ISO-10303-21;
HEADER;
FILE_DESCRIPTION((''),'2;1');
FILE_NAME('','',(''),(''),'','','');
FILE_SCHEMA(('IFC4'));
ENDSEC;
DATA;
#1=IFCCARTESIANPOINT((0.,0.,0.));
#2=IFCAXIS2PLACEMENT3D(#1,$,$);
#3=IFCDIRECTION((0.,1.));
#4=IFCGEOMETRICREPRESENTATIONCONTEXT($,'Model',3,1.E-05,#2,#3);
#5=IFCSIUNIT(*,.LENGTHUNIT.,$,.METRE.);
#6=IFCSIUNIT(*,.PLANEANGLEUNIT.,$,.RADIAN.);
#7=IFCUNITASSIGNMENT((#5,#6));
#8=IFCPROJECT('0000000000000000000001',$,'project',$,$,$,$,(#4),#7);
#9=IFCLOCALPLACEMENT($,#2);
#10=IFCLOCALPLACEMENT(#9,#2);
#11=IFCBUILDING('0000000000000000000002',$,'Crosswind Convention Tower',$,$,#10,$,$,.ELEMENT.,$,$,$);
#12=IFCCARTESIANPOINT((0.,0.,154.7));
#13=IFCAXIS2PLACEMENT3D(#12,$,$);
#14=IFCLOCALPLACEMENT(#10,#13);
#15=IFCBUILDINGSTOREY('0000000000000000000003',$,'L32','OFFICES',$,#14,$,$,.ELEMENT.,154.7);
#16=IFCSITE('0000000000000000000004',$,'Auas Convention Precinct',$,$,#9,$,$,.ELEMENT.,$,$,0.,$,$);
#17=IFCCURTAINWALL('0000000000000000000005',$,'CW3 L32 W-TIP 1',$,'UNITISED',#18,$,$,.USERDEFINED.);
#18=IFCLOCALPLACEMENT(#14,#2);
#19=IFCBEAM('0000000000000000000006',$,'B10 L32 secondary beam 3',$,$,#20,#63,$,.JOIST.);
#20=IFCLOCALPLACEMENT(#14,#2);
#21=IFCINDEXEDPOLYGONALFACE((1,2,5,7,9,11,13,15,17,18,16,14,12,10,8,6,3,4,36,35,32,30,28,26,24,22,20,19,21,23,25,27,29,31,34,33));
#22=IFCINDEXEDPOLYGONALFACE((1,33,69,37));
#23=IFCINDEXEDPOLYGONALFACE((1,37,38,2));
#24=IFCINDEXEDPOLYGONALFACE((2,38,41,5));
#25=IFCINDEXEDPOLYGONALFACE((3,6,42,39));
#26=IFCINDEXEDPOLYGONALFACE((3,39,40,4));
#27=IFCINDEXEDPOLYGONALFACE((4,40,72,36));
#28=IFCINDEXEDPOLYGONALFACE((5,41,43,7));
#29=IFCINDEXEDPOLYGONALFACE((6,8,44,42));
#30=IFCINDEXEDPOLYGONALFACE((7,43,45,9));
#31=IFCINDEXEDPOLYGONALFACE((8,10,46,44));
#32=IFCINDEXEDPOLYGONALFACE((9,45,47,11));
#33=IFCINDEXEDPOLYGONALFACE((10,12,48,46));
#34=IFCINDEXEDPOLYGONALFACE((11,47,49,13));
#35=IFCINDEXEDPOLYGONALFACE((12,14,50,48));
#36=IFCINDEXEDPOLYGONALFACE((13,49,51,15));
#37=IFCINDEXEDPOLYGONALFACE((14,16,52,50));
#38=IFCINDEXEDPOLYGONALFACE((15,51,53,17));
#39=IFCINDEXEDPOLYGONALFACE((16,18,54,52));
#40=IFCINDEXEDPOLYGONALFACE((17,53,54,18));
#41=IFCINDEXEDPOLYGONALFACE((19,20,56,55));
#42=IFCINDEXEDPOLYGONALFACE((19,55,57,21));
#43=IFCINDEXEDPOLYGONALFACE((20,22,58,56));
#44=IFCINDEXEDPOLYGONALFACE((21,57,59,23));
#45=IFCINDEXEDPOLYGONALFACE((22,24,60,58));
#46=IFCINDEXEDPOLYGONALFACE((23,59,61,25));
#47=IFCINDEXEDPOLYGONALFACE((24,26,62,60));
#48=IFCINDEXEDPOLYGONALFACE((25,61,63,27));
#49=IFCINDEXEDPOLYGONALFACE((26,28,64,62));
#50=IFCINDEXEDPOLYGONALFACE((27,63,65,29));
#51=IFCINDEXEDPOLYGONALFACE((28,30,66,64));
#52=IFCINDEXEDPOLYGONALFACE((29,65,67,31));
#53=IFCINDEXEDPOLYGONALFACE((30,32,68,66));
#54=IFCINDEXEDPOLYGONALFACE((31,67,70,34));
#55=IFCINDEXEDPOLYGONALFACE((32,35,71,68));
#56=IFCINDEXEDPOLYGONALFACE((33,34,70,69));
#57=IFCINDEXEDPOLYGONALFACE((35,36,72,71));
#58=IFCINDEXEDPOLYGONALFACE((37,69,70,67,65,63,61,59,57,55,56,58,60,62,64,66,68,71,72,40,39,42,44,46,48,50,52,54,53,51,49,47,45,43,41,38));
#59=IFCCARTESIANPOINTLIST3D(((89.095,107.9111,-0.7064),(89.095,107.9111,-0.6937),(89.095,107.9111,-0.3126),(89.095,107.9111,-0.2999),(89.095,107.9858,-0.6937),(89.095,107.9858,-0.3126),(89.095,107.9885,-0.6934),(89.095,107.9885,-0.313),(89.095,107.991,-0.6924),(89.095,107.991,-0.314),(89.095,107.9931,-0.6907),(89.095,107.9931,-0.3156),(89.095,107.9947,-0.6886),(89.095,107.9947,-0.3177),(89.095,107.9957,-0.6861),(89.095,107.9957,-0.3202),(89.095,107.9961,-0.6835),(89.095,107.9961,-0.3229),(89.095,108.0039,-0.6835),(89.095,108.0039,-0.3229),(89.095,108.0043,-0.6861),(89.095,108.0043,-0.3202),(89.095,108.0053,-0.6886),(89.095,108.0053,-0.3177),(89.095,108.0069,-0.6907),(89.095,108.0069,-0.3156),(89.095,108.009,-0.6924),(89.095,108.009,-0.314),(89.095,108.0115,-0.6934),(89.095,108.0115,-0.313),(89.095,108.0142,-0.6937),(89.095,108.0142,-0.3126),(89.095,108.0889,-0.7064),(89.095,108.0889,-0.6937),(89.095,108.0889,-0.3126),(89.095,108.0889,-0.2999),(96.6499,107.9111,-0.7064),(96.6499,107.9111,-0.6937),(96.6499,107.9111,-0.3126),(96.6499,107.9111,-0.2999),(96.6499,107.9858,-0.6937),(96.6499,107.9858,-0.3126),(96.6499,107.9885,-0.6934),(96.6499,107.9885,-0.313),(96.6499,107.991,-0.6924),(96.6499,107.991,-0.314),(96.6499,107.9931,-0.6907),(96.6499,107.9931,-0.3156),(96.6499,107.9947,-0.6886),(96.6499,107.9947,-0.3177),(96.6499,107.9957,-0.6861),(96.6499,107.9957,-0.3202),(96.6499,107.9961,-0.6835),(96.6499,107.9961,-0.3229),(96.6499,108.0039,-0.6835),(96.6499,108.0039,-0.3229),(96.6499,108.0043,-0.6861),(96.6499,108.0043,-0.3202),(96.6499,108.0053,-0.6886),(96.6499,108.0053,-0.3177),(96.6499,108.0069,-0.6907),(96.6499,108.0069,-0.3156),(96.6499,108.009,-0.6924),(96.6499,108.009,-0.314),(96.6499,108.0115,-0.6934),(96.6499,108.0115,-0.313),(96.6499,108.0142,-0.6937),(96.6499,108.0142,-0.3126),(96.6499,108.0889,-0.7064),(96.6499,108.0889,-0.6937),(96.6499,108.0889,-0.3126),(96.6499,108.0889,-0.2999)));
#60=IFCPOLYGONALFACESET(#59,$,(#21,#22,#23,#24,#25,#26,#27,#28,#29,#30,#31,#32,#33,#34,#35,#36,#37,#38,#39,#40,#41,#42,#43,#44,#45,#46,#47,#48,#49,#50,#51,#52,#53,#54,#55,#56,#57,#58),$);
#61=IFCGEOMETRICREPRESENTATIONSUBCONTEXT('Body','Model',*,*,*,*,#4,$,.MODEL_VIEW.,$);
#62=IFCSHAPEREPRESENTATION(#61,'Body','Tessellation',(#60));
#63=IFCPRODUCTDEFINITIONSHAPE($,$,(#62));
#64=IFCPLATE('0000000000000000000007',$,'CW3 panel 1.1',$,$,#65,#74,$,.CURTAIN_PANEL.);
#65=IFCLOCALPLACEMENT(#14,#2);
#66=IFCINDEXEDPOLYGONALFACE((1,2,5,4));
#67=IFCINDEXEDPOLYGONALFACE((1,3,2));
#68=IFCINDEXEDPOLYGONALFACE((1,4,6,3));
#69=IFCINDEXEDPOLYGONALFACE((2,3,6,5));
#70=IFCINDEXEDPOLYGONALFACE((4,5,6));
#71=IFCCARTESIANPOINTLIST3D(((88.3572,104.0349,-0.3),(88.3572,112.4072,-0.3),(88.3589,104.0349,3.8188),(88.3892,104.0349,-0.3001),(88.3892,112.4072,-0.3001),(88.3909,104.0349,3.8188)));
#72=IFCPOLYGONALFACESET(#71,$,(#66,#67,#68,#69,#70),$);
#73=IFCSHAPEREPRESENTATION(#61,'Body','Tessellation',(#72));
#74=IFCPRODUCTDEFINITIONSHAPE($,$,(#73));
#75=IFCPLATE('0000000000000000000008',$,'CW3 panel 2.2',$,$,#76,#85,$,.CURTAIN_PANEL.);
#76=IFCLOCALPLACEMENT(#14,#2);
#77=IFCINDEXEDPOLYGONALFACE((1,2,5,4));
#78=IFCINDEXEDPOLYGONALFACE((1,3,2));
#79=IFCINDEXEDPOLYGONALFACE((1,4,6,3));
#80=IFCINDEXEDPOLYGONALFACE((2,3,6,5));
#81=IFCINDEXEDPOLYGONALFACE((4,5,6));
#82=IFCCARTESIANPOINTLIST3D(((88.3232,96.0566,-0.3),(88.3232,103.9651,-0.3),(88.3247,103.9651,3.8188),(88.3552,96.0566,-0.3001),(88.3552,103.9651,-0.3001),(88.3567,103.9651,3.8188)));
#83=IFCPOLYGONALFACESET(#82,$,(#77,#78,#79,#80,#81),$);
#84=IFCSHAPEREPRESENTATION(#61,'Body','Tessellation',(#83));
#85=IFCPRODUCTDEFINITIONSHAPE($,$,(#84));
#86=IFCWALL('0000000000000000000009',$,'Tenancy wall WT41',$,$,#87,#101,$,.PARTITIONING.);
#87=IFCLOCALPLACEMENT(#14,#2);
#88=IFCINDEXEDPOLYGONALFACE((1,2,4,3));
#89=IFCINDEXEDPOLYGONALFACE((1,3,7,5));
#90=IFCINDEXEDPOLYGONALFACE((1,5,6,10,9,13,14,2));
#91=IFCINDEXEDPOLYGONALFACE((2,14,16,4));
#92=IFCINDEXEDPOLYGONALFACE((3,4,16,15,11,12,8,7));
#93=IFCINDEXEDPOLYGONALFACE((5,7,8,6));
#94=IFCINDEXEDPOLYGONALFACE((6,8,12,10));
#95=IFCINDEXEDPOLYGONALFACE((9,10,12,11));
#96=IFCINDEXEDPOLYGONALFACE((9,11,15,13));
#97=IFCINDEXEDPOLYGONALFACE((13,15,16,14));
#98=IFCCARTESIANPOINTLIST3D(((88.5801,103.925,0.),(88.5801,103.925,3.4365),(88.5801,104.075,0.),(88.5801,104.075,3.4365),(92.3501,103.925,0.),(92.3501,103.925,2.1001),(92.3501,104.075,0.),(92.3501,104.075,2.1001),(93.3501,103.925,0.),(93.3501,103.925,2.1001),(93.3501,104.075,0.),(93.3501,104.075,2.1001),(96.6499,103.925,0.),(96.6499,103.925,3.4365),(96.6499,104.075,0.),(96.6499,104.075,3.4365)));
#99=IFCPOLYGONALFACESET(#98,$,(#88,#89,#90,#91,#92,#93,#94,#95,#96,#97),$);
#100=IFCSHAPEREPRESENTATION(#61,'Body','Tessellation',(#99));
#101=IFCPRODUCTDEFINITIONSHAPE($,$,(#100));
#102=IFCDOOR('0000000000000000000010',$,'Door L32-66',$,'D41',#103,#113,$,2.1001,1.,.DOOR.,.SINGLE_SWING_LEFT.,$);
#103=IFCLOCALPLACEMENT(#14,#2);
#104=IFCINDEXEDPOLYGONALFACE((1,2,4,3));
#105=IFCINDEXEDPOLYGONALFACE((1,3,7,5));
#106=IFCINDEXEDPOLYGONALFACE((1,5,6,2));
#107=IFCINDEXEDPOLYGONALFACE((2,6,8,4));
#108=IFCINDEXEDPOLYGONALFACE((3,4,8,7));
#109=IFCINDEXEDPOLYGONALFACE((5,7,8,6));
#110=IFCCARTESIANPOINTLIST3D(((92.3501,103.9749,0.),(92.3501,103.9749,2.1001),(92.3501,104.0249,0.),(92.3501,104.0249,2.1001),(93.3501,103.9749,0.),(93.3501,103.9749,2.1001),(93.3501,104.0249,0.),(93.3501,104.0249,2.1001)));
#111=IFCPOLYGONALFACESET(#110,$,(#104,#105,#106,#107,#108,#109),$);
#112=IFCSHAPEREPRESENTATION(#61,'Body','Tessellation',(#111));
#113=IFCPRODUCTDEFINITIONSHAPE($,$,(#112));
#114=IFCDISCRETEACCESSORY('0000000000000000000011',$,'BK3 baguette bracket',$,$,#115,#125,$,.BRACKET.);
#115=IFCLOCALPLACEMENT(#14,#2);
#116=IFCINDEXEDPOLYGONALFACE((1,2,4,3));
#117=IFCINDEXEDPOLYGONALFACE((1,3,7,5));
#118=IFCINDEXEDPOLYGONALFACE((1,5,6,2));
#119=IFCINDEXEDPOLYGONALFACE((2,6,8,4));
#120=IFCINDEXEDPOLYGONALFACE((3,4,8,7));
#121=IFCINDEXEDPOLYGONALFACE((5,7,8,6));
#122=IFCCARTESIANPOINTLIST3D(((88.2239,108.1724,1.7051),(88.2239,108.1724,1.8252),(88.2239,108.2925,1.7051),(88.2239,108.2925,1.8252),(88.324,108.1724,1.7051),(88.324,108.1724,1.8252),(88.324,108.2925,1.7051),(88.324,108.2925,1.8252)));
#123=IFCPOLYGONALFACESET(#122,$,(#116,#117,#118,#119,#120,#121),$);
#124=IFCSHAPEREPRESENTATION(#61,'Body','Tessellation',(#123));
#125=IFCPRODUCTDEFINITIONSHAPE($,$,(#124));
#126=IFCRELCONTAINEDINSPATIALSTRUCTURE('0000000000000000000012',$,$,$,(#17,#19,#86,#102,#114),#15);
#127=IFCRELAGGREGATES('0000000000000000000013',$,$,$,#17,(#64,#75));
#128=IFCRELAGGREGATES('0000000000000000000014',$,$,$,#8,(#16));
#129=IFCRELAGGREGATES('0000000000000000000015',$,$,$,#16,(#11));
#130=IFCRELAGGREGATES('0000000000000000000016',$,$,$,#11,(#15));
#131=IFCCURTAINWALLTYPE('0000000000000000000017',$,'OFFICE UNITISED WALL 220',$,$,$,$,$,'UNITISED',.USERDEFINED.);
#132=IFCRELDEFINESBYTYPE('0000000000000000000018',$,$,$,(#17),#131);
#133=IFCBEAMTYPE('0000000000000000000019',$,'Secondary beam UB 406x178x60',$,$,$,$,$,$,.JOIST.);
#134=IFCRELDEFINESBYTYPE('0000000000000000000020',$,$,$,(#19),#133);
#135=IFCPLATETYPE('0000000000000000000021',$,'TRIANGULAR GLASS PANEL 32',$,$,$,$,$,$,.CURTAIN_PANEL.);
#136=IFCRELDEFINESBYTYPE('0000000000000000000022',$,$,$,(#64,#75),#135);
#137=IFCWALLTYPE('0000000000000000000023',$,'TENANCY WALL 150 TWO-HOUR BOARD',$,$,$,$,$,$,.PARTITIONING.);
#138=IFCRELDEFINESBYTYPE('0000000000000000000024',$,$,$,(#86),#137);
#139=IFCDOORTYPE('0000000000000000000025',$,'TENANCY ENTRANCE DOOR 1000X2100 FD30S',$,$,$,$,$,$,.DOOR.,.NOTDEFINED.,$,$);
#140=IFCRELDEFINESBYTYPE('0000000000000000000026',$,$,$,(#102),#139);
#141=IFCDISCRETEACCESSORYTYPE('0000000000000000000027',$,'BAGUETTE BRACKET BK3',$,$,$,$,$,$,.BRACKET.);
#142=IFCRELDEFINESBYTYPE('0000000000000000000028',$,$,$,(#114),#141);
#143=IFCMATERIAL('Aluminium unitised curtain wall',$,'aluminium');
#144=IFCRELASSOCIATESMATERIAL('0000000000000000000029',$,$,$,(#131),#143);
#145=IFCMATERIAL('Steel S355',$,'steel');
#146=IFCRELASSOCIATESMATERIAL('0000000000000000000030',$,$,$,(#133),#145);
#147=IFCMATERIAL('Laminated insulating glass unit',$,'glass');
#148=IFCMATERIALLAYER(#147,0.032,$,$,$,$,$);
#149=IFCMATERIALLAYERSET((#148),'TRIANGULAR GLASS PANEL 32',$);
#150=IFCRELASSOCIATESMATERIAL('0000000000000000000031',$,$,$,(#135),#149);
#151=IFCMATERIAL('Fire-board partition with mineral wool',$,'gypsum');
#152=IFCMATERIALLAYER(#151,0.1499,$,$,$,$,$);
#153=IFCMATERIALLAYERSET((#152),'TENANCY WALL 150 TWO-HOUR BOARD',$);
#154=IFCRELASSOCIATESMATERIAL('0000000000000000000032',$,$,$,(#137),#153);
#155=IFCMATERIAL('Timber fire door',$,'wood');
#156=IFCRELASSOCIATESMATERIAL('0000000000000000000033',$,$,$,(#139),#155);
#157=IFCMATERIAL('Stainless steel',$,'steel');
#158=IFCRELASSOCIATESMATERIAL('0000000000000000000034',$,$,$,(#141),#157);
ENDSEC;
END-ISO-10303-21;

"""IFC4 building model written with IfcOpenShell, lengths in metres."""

from ifc_helpers import new_model, si_unit, direction, frame, frame_2d, origin, origin_2d, place, context, subcontext, project, spatial, polyline, rectangle, i_section, outline, extrude, material, layer, layer_set, material_profile, profile_set, type_object, element, fill, aggregate, save


model = new_model("IFC4")

# Units and contexts
model_context = context("Model", 3, precision=1e-05, world=origin(), true_north=direction((0.0, 1.0)))
body_context = subcontext(model_context, "Body", "Model", "MODEL_VIEW")
ifc_project = project(units=[si_unit("LENGTHUNIT", "METRE"), si_unit("PLANEANGLEUNIT", "RADIAN")], contexts=[model_context])

# Site, building, storey
site_placement = place(None, origin())
site = spatial("IfcSite", under=ifc_project, at=site_placement, Name="Auas Convention Precinct", CompositionType="ELEMENT", RefElevation=0.0)
building_placement = place(site_placement, origin())
building = spatial("IfcBuilding", under=site, at=building_placement, Name="Crosswind Convention Tower", CompositionType="ELEMENT")
storey_placement = place(building_placement, frame((0.0, 0.0, 154.7)))
storey = spatial("IfcBuildingStorey", under=building, at=storey_placement, Name="L32", Description="OFFICES", CompositionType="ELEMENT", Elevation=154.7)

# Shared definitions
ifc_material_1 = material(Name="Steel S355", Category="steel")

# Curtain wall
ifc_material_2 = material(Name="Aluminium unitised curtain wall", Category="aluminium")
curtain_wall_type = type_object("IfcCurtainWallType", Name="OFFICE UNITISED WALL 220", ElementType="UNITISED", PredefinedType="USERDEFINED", material=ifc_material_2)
curtain_wall_placement = place(storey_placement, origin())
curtain_wall = element("IfcCurtainWall", 1, at=curtain_wall_placement, inside=storey, type_object=curtain_wall_type, Name="CW3 L32 W-TIP 1", ObjectType="UNITISED", PredefinedType="USERDEFINED")

# Beam
ifc_material_profile_1 = material_profile(ifc_material_1, i_section(OverallWidth=0.1777, OverallDepth=0.4065, WebThickness=0.0078, FlangeThickness=0.0127, FilletRadius=0.0103, at=origin_2d()), Name="UB 406x178x60")
ifc_profile_set_1 = profile_set([ifc_material_profile_1], Name="Steel S355")
beam_type_1 = type_object("IfcBeamType", Name="Secondary beam UB 406x178x60", PredefinedType="JOIST", material=ifc_profile_set_1)
for number, where, z_axis, x_axis, name in (
    (2, (89.095, 108.0, -0.5032), (1.0, 0.0, 0.0), (0.0, 1.0, 0.0), "B10 L32 secondary beam 3"),
):
    element("IfcBeam", number, at=place(storey_placement, frame(where, z_axis=z_axis, x_axis=x_axis)), inside=storey, type_object=beam_type_1, Name=name, PredefinedType="JOIST", context=body_context, shape_type="SweptSolid", body=[
        extrude(i_section(OverallWidth=0.1777, OverallDepth=0.4065, WebThickness=0.0078, FlangeThickness=0.0127, FilletRadius=0.0103, at=origin_2d()), origin(), (0.0, 0.0, 1.0), 7.5549),
    ])

# Plates
ifc_material_3 = material(Name="Laminated insulating glass unit", Category="glass")
ifc_layer_1 = layer(ifc_material_3, 0.032)
ifc_layer_set_1 = layer_set([ifc_layer_1], Name="TRIANGULAR GLASS PANEL 32")
plate_type = type_object("IfcPlateType", Name="TRIANGULAR GLASS PANEL 32", PredefinedType="CURTAIN_PANEL", material=ifc_layer_set_1)
plate_1_placement = place(storey_placement, frame((88.3572, 104.0349, -0.3), z_axis=(-1.0, 0.0, 0.000415), x_axis=(0.000415, 0.0, 1.0)))
plate_1 = element("IfcPlate", 3, at=plate_1_placement, type_object=plate_type, Name="CW3 panel 1.1", PredefinedType="CURTAIN_PANEL", context=body_context, shape_type="SweptSolid", body=[
    extrude(outline(polyline([(0.0, 0.0), (4.1189, 0.0), (0.0, 8.3723), (0.0, 0.0)])), origin(), (0.0, 0.0, -1.0), 0.032),
])
plate_2_placement = place(storey_placement, frame((88.3232, 103.9651, -0.3), z_axis=(-1.0, 0.0, 0.000356), x_axis=(0.0, -1.0, 0.0)))
plate_2 = element("IfcPlate", 4, at=plate_2_placement, type_object=plate_type, Name="CW3 panel 2.2", PredefinedType="CURTAIN_PANEL", context=body_context, shape_type="SweptSolid", body=[
    extrude(outline(polyline([(0.0, 0.0), (7.9084, 0.0), (0.0, 4.1189), (0.0, 0.0)])), origin(), (0.0, 0.0, -1.0), 0.032),
])
aggregate(curtain_wall, [plate_1, plate_2])

# Wall, opening, door
ifc_material_4 = material(Name="Fire-board partition with mineral wool", Category="gypsum")
ifc_layer_2 = layer(ifc_material_4, 0.1499)
ifc_layer_set_2 = layer_set([ifc_layer_2], Name="TENANCY WALL 150 TWO-HOUR BOARD")
wall_type = type_object("IfcWallType", Name="TENANCY WALL 150 TWO-HOUR BOARD", PredefinedType="PARTITIONING", material=ifc_layer_set_2)
wall_placement = place(storey_placement, frame((88.5801, 104.0, 0.0), z_axis=(0.0, 0.0, 1.0), x_axis=(1.0, 0.0, 0.0)))
wall = element("IfcWall", 5, at=wall_placement, inside=storey, type_object=wall_type, Name="Tenancy wall WT41", PredefinedType="PARTITIONING", context=body_context, shape_type="SweptSolid", body=[
    extrude(rectangle(XDim=8.0698, YDim=0.1499, at=frame_2d((4.0349, 0.0))), origin(), (0.0, 0.0, 1.0), 3.4365),
])
opening_placement = place(wall_placement, frame((3.77, 0.0, 0.0)))
opening = element("IfcOpeningElement", 6, at=opening_placement, cuts=wall, PredefinedType="OPENING", context=body_context, shape_type="SweptSolid", body=[
    extrude(rectangle(XDim=1.0, YDim=2.1001, at=frame_2d((0.5, 1.05))), frame((0.0, 0.085, 0.0), z_axis=(0.0, -1.0, 0.0), x_axis=(1.0, 0.0, 0.0)), (0.0, 0.0, 1.0), 0.1699),
])
ifc_material_5 = material(Name="Timber fire door", Category="wood")
door_type = type_object("IfcDoorType", Name="TENANCY ENTRANCE DOOR 1000X2100 FD30S", OperationType="NOTDEFINED", PredefinedType="DOOR", material=ifc_material_5)
door_placement = place(opening_placement, origin())
door = element("IfcDoor", 7, at=door_placement, inside=storey, type_object=door_type, Name="Door L32-66", ObjectType="D41", OperationType="SINGLE_SWING_LEFT", OverallHeight=2.1001, OverallWidth=1.0, PredefinedType="DOOR", context=body_context, shape_type="SweptSolid", body=[
    extrude(rectangle(XDim=1.0, YDim=2.1001, at=frame_2d((0.5, 1.05))), frame((0.0, 0.0249, 0.0), z_axis=(0.0, -1.0, 0.0), x_axis=(1.0, 0.0, 0.0)), (0.0, 0.0, 1.0), 0.05),
])
fill(opening, door)

# Discrete accessory
ifc_material_6 = material(Name="Stainless steel", Category="steel")
discrete_accessory_type = type_object("IfcDiscreteAccessoryType", Name="BAGUETTE BRACKET BK3", PredefinedType="BRACKET", material=ifc_material_6)
discrete_accessory_placement = place(storey_placement, frame((88.2739, 108.2324, 1.7051), z_axis=(0.0, 0.0, 1.0), x_axis=(0.0, -1.0, 0.0)))
element("IfcDiscreteAccessory", 8, at=discrete_accessory_placement, inside=storey, type_object=discrete_accessory_type, Name="BK3 baguette bracket", PredefinedType="BRACKET", context=body_context, shape_type="SweptSolid", body=[
    extrude(rectangle(XDim=0.1201, YDim=0.1001, at=origin_2d()), origin(), (0.0, 0.0, 1.0), 0.1201),
])

save(model, "model.ifc")
